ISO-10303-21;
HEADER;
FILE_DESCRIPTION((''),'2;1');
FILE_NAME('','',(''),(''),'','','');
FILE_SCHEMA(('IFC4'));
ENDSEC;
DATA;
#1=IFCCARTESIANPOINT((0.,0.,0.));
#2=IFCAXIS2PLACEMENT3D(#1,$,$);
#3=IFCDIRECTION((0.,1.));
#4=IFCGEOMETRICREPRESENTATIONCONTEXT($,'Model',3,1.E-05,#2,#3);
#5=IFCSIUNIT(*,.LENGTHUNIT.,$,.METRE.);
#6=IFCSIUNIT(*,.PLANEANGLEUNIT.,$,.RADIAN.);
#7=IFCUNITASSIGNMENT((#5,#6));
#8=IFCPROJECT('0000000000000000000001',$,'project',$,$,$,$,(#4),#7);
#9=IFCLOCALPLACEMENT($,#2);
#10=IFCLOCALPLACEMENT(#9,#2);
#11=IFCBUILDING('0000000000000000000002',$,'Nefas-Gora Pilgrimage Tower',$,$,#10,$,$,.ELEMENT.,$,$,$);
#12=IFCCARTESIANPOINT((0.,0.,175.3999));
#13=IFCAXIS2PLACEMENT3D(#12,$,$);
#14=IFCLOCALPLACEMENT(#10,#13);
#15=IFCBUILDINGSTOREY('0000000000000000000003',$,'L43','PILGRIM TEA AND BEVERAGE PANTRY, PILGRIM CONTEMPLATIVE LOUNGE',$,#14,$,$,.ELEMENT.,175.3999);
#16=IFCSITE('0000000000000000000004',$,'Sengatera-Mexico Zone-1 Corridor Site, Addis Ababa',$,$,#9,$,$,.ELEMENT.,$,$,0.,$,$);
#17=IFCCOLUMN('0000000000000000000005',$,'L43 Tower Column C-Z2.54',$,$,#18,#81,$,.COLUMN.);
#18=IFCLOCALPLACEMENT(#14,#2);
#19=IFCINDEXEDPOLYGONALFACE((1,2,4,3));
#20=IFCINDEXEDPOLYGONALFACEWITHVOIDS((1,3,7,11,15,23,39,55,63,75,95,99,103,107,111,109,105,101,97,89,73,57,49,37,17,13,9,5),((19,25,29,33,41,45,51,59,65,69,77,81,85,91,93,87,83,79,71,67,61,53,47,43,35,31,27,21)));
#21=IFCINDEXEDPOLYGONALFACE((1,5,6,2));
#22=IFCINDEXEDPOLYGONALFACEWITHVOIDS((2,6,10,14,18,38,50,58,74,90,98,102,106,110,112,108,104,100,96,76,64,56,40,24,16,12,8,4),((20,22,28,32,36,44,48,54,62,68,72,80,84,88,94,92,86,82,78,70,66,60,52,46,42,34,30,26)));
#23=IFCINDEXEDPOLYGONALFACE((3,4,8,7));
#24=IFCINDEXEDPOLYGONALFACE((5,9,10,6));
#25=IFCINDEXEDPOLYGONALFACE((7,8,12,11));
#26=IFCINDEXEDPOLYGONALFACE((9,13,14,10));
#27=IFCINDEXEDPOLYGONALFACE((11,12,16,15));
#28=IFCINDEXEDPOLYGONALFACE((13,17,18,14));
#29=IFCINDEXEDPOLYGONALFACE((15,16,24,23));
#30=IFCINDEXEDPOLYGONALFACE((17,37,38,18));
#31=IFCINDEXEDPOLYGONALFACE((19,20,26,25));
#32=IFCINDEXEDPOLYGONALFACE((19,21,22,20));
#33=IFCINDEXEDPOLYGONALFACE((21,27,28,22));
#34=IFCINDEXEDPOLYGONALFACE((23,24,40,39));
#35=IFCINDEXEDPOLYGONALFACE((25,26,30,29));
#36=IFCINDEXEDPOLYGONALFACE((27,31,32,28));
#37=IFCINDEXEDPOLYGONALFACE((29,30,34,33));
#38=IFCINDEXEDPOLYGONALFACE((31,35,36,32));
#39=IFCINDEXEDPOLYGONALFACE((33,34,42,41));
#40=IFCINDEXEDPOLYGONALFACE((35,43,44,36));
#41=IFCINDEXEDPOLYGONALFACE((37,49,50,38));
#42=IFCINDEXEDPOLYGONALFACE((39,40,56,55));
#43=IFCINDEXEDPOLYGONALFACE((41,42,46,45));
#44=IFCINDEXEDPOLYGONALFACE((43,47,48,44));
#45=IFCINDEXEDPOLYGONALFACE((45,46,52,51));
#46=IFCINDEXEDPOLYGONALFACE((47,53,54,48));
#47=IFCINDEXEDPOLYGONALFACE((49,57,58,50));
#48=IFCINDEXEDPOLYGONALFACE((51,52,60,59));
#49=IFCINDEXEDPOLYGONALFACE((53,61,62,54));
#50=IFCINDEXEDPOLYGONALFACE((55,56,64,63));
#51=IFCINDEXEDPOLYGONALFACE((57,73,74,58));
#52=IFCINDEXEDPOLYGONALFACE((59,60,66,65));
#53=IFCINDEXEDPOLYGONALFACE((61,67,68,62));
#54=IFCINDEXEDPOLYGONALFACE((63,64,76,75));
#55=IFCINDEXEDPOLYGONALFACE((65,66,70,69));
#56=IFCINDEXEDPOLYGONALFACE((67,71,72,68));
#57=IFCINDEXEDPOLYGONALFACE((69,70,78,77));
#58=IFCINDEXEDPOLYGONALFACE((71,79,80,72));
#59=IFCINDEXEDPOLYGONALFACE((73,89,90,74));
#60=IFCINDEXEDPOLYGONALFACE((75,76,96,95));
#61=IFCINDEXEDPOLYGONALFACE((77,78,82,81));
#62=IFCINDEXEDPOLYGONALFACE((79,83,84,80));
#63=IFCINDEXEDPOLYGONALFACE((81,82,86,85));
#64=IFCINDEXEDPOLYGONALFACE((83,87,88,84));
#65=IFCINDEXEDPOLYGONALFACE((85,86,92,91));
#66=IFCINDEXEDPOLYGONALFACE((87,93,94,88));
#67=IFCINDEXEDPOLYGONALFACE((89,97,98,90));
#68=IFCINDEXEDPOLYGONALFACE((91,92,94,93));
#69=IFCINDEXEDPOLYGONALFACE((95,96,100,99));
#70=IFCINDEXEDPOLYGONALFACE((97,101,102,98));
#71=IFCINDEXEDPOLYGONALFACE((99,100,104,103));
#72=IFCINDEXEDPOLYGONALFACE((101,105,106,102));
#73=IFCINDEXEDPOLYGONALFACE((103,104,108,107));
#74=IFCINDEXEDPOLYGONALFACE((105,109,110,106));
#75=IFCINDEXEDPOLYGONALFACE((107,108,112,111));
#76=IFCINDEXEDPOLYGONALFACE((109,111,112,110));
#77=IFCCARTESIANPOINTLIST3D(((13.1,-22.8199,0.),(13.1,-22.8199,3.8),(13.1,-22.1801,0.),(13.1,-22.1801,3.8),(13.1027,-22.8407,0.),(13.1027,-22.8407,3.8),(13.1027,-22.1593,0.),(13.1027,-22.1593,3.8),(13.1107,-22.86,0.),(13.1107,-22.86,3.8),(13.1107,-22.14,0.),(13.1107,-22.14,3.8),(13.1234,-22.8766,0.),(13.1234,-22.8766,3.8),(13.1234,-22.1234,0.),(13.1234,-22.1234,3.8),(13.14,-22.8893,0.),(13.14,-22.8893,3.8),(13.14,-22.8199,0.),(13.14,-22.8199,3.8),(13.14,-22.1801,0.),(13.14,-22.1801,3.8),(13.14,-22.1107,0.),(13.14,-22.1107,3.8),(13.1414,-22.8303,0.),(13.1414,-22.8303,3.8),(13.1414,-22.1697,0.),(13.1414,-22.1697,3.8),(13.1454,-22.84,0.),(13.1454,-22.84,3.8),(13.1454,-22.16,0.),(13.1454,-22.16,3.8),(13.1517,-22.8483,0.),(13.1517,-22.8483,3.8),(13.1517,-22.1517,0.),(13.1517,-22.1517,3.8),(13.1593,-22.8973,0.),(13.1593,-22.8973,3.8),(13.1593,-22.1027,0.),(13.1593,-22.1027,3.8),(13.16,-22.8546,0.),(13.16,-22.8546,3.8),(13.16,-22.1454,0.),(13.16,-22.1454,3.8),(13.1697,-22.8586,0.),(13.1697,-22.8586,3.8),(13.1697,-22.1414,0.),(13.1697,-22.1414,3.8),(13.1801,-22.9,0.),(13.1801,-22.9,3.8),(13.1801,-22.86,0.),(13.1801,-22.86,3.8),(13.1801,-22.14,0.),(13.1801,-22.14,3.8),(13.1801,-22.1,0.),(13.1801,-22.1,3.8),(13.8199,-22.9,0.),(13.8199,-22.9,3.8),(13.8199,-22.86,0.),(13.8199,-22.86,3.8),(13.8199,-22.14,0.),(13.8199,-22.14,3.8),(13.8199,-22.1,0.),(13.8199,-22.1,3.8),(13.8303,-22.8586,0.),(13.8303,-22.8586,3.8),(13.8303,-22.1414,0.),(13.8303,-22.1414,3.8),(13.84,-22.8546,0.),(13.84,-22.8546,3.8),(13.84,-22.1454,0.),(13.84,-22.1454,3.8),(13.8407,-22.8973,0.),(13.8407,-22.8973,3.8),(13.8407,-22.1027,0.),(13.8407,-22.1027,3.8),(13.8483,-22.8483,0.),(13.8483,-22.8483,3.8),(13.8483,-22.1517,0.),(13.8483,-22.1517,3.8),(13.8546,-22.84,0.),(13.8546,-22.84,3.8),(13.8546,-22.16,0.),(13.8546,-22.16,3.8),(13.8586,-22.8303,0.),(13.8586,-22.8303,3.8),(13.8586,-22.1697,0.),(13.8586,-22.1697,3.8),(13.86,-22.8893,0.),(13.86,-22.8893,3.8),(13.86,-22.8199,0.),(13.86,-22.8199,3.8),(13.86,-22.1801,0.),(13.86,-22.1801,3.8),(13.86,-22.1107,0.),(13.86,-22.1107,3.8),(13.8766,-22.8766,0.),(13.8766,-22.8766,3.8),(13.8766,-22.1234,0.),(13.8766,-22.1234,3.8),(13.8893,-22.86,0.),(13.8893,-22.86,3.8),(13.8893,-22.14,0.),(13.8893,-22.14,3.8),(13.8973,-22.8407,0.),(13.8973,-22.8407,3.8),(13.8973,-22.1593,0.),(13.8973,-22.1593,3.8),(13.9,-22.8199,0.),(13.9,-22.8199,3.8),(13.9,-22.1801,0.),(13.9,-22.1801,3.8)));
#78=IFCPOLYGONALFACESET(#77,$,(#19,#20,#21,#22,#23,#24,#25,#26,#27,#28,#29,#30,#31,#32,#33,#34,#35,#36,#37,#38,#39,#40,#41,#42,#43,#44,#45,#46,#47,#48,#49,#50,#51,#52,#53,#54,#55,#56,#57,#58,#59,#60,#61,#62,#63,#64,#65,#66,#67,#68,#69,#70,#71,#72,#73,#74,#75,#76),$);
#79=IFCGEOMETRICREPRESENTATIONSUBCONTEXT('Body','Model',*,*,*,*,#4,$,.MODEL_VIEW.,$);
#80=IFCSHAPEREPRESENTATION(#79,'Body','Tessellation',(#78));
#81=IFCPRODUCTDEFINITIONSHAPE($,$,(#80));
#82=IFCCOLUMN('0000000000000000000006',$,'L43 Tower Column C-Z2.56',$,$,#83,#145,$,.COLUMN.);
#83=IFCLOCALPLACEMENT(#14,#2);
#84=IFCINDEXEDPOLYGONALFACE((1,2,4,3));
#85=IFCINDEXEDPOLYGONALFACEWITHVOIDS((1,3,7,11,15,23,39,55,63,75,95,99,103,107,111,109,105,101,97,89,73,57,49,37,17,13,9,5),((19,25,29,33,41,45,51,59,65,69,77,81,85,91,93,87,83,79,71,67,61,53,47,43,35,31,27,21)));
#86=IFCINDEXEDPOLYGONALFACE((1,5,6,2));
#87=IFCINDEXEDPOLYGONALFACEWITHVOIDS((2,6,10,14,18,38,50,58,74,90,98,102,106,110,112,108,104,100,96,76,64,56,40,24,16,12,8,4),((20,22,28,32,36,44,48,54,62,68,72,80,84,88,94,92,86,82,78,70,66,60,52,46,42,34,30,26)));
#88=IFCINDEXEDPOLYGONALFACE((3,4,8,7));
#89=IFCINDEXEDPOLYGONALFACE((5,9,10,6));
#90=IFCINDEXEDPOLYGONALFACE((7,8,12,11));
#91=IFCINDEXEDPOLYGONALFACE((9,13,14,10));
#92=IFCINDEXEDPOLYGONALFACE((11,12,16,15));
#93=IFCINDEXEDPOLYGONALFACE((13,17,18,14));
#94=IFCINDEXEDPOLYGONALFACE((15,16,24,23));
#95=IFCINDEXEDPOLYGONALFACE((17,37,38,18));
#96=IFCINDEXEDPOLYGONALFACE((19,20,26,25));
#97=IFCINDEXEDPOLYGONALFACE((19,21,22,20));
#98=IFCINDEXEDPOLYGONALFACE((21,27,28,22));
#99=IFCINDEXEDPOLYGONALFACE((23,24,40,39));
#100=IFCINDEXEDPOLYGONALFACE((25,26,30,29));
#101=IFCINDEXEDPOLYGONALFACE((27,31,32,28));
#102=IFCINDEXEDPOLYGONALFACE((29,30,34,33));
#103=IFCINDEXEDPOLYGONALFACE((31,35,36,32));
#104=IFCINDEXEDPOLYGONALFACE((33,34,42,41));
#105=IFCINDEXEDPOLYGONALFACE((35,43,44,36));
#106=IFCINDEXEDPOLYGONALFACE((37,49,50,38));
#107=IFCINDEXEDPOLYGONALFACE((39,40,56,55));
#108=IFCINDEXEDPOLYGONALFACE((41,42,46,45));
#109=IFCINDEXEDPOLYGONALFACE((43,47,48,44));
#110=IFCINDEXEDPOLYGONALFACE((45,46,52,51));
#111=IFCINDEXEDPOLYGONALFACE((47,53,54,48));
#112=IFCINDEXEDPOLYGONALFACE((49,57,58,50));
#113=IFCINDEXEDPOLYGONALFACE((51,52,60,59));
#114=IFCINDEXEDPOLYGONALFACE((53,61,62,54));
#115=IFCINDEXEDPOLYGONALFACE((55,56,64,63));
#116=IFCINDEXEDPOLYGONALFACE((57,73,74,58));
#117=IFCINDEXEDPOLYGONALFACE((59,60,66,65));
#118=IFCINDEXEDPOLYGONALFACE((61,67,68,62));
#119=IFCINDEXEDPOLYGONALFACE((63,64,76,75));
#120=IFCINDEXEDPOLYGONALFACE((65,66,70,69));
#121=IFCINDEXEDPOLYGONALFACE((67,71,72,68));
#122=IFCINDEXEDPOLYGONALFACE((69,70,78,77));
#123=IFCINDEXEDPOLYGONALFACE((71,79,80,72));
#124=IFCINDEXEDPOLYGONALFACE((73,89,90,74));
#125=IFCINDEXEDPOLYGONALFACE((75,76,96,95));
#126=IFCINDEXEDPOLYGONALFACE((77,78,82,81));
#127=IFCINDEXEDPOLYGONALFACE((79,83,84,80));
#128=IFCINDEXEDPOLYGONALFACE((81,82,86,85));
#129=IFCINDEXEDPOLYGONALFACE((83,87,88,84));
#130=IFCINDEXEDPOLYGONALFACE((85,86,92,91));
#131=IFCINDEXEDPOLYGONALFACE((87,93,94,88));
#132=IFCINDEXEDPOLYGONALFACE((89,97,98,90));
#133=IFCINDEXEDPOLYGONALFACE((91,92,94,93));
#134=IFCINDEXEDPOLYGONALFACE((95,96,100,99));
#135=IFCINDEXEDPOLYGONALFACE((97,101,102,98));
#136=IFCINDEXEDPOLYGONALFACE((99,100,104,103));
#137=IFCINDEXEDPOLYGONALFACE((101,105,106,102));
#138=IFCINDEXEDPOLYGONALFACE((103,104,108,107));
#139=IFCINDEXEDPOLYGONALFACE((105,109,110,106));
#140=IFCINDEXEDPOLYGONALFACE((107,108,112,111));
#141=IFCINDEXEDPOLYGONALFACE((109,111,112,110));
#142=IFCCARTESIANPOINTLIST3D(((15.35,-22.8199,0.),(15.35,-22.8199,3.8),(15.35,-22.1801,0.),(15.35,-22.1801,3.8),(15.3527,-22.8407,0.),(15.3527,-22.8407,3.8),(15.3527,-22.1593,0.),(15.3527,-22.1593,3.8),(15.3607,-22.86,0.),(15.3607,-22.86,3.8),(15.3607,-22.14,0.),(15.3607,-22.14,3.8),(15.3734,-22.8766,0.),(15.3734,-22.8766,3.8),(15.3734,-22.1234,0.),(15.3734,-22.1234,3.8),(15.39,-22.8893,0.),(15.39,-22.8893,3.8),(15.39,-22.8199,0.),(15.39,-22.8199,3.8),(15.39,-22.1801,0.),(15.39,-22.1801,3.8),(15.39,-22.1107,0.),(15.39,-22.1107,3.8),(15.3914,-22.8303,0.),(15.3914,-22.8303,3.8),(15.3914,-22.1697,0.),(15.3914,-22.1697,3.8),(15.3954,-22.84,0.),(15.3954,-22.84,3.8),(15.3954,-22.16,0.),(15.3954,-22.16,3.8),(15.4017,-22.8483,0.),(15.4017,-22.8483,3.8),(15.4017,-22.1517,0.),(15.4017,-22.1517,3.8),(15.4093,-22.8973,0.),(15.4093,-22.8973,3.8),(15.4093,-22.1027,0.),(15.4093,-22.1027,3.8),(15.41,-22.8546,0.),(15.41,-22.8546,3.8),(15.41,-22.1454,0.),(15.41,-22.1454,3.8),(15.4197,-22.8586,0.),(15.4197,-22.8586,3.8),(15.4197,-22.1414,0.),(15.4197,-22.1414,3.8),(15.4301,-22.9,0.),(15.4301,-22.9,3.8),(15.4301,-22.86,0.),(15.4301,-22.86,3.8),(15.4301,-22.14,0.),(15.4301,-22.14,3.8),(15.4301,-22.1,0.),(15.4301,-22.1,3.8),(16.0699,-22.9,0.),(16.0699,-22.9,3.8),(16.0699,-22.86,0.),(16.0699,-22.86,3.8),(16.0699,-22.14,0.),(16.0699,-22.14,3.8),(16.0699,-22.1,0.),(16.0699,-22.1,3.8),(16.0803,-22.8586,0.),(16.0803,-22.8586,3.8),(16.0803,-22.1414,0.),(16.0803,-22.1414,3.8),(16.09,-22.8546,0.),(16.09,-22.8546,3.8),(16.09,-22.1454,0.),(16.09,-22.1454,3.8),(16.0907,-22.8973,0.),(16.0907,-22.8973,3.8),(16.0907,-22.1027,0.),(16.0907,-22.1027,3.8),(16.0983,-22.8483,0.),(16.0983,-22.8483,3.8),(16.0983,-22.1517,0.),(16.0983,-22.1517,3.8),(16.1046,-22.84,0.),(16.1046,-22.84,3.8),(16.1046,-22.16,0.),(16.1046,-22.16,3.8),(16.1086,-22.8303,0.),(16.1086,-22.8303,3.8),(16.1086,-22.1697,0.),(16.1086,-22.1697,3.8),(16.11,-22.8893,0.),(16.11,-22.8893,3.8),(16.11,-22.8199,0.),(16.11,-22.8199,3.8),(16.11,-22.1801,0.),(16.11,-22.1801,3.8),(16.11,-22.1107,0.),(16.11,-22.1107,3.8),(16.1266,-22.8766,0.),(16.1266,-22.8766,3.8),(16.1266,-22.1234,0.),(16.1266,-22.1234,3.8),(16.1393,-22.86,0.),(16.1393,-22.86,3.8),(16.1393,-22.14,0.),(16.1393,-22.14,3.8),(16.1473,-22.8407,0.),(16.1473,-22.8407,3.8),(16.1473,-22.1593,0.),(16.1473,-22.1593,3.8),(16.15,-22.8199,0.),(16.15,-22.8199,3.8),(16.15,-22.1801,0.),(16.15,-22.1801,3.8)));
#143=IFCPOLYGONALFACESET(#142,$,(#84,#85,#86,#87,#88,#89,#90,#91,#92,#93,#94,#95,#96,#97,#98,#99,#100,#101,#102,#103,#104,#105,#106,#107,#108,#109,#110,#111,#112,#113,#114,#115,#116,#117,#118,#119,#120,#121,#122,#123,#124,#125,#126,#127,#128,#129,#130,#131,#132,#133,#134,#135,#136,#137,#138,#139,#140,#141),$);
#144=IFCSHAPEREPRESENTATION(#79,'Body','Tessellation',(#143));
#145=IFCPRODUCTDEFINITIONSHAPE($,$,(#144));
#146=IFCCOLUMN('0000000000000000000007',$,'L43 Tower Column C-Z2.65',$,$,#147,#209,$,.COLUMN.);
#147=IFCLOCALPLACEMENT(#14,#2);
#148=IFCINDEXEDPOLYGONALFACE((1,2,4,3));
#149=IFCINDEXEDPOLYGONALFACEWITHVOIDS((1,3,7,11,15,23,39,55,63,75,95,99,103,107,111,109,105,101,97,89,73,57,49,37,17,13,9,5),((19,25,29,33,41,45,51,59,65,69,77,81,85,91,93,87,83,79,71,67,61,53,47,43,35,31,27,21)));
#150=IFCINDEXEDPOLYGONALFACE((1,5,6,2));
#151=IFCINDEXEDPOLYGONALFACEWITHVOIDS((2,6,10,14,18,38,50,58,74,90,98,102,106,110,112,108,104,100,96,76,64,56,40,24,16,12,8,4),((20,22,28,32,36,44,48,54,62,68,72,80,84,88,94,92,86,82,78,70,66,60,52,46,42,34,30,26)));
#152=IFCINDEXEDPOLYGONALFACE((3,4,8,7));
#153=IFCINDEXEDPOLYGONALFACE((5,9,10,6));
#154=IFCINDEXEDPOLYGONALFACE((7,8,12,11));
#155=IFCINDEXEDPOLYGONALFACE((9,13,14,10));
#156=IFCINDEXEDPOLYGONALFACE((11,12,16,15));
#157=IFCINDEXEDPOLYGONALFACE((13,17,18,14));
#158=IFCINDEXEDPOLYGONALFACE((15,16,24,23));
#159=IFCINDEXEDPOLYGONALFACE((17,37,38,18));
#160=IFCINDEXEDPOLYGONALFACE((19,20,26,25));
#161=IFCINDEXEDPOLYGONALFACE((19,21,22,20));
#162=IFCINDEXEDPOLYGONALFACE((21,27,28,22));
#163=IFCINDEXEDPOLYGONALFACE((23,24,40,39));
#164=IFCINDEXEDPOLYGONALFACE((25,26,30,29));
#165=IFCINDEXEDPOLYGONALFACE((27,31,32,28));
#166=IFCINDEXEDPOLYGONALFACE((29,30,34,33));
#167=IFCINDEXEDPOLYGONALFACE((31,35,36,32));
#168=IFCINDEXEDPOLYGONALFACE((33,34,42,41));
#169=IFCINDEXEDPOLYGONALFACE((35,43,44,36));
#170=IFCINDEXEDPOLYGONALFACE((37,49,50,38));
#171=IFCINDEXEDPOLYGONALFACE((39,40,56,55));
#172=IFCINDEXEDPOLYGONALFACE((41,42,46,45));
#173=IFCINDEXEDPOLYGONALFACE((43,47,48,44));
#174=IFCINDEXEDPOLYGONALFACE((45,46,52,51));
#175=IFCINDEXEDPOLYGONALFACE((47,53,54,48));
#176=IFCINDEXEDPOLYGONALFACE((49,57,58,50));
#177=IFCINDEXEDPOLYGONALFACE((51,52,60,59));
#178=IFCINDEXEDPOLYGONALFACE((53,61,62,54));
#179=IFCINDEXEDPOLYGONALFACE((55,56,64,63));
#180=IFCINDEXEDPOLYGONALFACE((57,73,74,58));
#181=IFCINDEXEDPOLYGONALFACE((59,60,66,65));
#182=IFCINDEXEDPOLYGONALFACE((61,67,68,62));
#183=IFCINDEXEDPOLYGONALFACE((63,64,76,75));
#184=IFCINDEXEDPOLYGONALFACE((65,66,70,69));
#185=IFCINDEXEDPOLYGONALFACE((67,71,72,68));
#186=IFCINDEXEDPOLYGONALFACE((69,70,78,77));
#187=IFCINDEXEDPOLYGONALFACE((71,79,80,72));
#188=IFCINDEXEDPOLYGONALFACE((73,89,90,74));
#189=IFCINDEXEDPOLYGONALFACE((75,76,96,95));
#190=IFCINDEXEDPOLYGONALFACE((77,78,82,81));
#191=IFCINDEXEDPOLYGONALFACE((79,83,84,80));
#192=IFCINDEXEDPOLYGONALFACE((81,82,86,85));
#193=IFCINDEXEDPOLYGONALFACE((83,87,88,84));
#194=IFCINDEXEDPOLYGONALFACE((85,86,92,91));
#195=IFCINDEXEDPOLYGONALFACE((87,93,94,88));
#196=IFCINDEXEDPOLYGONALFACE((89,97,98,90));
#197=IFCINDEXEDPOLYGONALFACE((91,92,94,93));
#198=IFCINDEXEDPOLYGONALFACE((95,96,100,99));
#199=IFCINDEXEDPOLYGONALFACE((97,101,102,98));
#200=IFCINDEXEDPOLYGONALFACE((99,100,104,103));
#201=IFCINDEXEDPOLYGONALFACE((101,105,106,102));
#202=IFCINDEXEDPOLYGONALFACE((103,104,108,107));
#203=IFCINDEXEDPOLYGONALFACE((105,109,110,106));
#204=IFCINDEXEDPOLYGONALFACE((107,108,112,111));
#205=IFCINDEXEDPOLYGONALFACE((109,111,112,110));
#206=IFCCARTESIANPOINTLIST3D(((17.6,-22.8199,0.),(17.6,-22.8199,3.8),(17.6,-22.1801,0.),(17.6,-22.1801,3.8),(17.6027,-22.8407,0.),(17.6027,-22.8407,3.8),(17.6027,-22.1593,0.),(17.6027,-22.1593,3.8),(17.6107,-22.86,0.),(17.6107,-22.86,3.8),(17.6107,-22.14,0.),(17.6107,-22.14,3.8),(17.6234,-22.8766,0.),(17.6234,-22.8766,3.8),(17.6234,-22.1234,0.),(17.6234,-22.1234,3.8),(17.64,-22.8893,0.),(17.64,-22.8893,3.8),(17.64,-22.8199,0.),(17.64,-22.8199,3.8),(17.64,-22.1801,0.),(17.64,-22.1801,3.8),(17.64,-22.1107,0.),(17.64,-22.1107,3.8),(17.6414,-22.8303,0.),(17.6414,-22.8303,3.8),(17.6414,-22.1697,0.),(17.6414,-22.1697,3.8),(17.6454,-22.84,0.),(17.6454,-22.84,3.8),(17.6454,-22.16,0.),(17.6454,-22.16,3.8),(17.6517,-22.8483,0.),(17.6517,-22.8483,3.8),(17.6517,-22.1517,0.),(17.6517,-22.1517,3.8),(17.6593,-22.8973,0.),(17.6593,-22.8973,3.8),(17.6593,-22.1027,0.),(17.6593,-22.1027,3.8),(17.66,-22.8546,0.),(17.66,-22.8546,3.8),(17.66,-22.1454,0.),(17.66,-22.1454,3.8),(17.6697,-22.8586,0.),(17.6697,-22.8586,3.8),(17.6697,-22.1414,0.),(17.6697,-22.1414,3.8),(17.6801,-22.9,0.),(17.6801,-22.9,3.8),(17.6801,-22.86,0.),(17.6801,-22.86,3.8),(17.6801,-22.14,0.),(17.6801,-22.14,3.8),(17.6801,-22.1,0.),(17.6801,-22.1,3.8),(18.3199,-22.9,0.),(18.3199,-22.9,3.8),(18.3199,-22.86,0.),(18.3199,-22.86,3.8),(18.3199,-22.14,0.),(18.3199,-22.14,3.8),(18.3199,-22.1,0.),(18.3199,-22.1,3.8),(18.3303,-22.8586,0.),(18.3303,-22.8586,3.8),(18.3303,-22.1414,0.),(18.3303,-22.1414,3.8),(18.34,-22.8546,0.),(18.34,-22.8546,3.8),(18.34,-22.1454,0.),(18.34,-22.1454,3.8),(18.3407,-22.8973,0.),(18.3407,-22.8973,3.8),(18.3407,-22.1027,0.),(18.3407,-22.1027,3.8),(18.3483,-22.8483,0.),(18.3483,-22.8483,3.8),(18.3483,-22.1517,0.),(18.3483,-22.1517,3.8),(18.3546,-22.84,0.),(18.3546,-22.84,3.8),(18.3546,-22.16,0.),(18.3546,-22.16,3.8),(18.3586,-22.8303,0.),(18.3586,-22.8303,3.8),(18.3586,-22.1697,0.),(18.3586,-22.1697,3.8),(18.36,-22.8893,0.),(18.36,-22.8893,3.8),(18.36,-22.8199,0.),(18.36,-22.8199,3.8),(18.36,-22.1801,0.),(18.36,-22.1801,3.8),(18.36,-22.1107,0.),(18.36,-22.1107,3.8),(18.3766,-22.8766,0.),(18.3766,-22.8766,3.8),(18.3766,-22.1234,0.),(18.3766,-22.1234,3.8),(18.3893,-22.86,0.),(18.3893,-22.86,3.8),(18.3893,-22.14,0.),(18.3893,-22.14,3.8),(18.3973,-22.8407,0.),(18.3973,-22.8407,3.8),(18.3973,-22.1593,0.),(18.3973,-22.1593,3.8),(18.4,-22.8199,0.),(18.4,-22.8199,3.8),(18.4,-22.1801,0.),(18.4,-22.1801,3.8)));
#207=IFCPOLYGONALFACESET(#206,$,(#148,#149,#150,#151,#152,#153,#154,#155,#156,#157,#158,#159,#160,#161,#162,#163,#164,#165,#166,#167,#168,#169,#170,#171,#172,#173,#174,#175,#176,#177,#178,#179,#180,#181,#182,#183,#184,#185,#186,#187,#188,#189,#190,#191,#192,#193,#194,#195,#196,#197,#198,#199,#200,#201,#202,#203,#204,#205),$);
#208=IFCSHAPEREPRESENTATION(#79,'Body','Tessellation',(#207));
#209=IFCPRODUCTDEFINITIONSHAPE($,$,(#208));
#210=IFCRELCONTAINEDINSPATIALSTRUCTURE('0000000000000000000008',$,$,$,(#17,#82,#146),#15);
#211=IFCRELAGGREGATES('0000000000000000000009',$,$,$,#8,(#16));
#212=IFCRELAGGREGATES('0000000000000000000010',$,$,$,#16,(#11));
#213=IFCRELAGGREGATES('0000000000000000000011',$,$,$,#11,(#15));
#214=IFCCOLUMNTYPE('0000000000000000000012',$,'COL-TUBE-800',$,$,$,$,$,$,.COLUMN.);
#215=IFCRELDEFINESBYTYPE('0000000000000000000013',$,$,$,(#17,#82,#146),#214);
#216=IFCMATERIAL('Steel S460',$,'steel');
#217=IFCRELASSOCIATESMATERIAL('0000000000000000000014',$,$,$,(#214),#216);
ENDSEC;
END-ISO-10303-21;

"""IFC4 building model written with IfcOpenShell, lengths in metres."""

from ifc_helpers import new_model, si_unit, direction, frame, origin, origin_2d, place, context, subcontext, project, spatial, hollow_rectangle, extrude, source, transform, mapped, material, material_profile, profile_set, type_object, element, save


model = new_model("IFC4")

# Units and contexts
model_context = context("Model", 3, precision=1e-05, world=origin(), true_north=direction((0.0, 1.0)))
body_context = subcontext(model_context, "Body", "Model", "MODEL_VIEW")
ifc_project = project(units=[si_unit("LENGTHUNIT", "METRE"), si_unit("PLANEANGLEUNIT", "RADIAN")], contexts=[model_context])

# Site, building, storey
site_placement = place(None, origin())
site = spatial("IfcSite", under=ifc_project, at=site_placement, Name="Sengatera-Mexico Zone-1 Corridor Site, Addis Ababa", CompositionType="ELEMENT", RefElevation=0.0)
building_placement = place(site_placement, origin())
building = spatial("IfcBuilding", under=site, at=building_placement, Name="Nefas-Gora Pilgrimage Tower", CompositionType="ELEMENT")
storey_placement = place(building_placement, frame((0.0, 0.0, 175.3999)))
storey = spatial("IfcBuildingStorey", under=building, at=storey_placement, Name="L43", Description="PILGRIM TEA AND BEVERAGE PANTRY, PILGRIM CONTEMPLATIVE LOUNGE", CompositionType="ELEMENT", Elevation=175.3999)

# Columns
ifc_material_1 = material(Name="Steel S460", Category="steel")
ifc_material_profile_1 = material_profile(ifc_material_1, hollow_rectangle(XDim=0.8, YDim=0.8, WallThickness=0.04, InnerFilletRadius=0.04, OuterFilletRadius=0.0801, at=origin_2d()), Name="BOX 800x800x40")
ifc_profile_set_1 = profile_set([ifc_material_profile_1], Name="Steel S460")
column_type_1 = type_object("IfcColumnType", Name="COL-TUBE-800", PredefinedType="COLUMN", material=ifc_profile_set_1)
shared_shape_1 = source(origin(), body_context, "Body", "SweptSolid", [
    extrude(hollow_rectangle(XDim=0.8, YDim=0.8, WallThickness=0.04, InnerFilletRadius=0.04, OuterFilletRadius=0.0801, at=origin_2d()), origin(), (0.0, 0.0, 1.0), 3.8),
])
for number, where, z_axis, x_axis, name in (
    (1, (13.5, -22.5, 0.0), (0.0, 0.0, 1.0), (1.0, 0.0, 0.0), "L43 Tower Column C-Z2.54"),
    (2, (15.75, -22.5, 0.0), (0.0, 0.0, 1.0), (1.0, 0.0, 0.0), "L43 Tower Column C-Z2.56"),
    (3, (18.0, -22.5, 0.0), (0.0, 0.0, 1.0), (1.0, 0.0, 0.0), "L43 Tower Column C-Z2.65"),
):
    element("IfcColumn", number, at=place(storey_placement, frame(where, z_axis=z_axis, x_axis=x_axis)), inside=storey, type_object=column_type_1, Name=name, PredefinedType="COLUMN", context=body_context, shape_type="MappedRepresentation", body=[
        mapped(shared_shape_1, transform((0.0, 0.0, 0.0), x_axis=(1.0, 0.0, 0.0), y_axis=(0.0, 1.0, 0.0), z_axis=(0.0, 0.0, 1.0), scale=1.0)),
    ])

save(model, "model.ifc")
